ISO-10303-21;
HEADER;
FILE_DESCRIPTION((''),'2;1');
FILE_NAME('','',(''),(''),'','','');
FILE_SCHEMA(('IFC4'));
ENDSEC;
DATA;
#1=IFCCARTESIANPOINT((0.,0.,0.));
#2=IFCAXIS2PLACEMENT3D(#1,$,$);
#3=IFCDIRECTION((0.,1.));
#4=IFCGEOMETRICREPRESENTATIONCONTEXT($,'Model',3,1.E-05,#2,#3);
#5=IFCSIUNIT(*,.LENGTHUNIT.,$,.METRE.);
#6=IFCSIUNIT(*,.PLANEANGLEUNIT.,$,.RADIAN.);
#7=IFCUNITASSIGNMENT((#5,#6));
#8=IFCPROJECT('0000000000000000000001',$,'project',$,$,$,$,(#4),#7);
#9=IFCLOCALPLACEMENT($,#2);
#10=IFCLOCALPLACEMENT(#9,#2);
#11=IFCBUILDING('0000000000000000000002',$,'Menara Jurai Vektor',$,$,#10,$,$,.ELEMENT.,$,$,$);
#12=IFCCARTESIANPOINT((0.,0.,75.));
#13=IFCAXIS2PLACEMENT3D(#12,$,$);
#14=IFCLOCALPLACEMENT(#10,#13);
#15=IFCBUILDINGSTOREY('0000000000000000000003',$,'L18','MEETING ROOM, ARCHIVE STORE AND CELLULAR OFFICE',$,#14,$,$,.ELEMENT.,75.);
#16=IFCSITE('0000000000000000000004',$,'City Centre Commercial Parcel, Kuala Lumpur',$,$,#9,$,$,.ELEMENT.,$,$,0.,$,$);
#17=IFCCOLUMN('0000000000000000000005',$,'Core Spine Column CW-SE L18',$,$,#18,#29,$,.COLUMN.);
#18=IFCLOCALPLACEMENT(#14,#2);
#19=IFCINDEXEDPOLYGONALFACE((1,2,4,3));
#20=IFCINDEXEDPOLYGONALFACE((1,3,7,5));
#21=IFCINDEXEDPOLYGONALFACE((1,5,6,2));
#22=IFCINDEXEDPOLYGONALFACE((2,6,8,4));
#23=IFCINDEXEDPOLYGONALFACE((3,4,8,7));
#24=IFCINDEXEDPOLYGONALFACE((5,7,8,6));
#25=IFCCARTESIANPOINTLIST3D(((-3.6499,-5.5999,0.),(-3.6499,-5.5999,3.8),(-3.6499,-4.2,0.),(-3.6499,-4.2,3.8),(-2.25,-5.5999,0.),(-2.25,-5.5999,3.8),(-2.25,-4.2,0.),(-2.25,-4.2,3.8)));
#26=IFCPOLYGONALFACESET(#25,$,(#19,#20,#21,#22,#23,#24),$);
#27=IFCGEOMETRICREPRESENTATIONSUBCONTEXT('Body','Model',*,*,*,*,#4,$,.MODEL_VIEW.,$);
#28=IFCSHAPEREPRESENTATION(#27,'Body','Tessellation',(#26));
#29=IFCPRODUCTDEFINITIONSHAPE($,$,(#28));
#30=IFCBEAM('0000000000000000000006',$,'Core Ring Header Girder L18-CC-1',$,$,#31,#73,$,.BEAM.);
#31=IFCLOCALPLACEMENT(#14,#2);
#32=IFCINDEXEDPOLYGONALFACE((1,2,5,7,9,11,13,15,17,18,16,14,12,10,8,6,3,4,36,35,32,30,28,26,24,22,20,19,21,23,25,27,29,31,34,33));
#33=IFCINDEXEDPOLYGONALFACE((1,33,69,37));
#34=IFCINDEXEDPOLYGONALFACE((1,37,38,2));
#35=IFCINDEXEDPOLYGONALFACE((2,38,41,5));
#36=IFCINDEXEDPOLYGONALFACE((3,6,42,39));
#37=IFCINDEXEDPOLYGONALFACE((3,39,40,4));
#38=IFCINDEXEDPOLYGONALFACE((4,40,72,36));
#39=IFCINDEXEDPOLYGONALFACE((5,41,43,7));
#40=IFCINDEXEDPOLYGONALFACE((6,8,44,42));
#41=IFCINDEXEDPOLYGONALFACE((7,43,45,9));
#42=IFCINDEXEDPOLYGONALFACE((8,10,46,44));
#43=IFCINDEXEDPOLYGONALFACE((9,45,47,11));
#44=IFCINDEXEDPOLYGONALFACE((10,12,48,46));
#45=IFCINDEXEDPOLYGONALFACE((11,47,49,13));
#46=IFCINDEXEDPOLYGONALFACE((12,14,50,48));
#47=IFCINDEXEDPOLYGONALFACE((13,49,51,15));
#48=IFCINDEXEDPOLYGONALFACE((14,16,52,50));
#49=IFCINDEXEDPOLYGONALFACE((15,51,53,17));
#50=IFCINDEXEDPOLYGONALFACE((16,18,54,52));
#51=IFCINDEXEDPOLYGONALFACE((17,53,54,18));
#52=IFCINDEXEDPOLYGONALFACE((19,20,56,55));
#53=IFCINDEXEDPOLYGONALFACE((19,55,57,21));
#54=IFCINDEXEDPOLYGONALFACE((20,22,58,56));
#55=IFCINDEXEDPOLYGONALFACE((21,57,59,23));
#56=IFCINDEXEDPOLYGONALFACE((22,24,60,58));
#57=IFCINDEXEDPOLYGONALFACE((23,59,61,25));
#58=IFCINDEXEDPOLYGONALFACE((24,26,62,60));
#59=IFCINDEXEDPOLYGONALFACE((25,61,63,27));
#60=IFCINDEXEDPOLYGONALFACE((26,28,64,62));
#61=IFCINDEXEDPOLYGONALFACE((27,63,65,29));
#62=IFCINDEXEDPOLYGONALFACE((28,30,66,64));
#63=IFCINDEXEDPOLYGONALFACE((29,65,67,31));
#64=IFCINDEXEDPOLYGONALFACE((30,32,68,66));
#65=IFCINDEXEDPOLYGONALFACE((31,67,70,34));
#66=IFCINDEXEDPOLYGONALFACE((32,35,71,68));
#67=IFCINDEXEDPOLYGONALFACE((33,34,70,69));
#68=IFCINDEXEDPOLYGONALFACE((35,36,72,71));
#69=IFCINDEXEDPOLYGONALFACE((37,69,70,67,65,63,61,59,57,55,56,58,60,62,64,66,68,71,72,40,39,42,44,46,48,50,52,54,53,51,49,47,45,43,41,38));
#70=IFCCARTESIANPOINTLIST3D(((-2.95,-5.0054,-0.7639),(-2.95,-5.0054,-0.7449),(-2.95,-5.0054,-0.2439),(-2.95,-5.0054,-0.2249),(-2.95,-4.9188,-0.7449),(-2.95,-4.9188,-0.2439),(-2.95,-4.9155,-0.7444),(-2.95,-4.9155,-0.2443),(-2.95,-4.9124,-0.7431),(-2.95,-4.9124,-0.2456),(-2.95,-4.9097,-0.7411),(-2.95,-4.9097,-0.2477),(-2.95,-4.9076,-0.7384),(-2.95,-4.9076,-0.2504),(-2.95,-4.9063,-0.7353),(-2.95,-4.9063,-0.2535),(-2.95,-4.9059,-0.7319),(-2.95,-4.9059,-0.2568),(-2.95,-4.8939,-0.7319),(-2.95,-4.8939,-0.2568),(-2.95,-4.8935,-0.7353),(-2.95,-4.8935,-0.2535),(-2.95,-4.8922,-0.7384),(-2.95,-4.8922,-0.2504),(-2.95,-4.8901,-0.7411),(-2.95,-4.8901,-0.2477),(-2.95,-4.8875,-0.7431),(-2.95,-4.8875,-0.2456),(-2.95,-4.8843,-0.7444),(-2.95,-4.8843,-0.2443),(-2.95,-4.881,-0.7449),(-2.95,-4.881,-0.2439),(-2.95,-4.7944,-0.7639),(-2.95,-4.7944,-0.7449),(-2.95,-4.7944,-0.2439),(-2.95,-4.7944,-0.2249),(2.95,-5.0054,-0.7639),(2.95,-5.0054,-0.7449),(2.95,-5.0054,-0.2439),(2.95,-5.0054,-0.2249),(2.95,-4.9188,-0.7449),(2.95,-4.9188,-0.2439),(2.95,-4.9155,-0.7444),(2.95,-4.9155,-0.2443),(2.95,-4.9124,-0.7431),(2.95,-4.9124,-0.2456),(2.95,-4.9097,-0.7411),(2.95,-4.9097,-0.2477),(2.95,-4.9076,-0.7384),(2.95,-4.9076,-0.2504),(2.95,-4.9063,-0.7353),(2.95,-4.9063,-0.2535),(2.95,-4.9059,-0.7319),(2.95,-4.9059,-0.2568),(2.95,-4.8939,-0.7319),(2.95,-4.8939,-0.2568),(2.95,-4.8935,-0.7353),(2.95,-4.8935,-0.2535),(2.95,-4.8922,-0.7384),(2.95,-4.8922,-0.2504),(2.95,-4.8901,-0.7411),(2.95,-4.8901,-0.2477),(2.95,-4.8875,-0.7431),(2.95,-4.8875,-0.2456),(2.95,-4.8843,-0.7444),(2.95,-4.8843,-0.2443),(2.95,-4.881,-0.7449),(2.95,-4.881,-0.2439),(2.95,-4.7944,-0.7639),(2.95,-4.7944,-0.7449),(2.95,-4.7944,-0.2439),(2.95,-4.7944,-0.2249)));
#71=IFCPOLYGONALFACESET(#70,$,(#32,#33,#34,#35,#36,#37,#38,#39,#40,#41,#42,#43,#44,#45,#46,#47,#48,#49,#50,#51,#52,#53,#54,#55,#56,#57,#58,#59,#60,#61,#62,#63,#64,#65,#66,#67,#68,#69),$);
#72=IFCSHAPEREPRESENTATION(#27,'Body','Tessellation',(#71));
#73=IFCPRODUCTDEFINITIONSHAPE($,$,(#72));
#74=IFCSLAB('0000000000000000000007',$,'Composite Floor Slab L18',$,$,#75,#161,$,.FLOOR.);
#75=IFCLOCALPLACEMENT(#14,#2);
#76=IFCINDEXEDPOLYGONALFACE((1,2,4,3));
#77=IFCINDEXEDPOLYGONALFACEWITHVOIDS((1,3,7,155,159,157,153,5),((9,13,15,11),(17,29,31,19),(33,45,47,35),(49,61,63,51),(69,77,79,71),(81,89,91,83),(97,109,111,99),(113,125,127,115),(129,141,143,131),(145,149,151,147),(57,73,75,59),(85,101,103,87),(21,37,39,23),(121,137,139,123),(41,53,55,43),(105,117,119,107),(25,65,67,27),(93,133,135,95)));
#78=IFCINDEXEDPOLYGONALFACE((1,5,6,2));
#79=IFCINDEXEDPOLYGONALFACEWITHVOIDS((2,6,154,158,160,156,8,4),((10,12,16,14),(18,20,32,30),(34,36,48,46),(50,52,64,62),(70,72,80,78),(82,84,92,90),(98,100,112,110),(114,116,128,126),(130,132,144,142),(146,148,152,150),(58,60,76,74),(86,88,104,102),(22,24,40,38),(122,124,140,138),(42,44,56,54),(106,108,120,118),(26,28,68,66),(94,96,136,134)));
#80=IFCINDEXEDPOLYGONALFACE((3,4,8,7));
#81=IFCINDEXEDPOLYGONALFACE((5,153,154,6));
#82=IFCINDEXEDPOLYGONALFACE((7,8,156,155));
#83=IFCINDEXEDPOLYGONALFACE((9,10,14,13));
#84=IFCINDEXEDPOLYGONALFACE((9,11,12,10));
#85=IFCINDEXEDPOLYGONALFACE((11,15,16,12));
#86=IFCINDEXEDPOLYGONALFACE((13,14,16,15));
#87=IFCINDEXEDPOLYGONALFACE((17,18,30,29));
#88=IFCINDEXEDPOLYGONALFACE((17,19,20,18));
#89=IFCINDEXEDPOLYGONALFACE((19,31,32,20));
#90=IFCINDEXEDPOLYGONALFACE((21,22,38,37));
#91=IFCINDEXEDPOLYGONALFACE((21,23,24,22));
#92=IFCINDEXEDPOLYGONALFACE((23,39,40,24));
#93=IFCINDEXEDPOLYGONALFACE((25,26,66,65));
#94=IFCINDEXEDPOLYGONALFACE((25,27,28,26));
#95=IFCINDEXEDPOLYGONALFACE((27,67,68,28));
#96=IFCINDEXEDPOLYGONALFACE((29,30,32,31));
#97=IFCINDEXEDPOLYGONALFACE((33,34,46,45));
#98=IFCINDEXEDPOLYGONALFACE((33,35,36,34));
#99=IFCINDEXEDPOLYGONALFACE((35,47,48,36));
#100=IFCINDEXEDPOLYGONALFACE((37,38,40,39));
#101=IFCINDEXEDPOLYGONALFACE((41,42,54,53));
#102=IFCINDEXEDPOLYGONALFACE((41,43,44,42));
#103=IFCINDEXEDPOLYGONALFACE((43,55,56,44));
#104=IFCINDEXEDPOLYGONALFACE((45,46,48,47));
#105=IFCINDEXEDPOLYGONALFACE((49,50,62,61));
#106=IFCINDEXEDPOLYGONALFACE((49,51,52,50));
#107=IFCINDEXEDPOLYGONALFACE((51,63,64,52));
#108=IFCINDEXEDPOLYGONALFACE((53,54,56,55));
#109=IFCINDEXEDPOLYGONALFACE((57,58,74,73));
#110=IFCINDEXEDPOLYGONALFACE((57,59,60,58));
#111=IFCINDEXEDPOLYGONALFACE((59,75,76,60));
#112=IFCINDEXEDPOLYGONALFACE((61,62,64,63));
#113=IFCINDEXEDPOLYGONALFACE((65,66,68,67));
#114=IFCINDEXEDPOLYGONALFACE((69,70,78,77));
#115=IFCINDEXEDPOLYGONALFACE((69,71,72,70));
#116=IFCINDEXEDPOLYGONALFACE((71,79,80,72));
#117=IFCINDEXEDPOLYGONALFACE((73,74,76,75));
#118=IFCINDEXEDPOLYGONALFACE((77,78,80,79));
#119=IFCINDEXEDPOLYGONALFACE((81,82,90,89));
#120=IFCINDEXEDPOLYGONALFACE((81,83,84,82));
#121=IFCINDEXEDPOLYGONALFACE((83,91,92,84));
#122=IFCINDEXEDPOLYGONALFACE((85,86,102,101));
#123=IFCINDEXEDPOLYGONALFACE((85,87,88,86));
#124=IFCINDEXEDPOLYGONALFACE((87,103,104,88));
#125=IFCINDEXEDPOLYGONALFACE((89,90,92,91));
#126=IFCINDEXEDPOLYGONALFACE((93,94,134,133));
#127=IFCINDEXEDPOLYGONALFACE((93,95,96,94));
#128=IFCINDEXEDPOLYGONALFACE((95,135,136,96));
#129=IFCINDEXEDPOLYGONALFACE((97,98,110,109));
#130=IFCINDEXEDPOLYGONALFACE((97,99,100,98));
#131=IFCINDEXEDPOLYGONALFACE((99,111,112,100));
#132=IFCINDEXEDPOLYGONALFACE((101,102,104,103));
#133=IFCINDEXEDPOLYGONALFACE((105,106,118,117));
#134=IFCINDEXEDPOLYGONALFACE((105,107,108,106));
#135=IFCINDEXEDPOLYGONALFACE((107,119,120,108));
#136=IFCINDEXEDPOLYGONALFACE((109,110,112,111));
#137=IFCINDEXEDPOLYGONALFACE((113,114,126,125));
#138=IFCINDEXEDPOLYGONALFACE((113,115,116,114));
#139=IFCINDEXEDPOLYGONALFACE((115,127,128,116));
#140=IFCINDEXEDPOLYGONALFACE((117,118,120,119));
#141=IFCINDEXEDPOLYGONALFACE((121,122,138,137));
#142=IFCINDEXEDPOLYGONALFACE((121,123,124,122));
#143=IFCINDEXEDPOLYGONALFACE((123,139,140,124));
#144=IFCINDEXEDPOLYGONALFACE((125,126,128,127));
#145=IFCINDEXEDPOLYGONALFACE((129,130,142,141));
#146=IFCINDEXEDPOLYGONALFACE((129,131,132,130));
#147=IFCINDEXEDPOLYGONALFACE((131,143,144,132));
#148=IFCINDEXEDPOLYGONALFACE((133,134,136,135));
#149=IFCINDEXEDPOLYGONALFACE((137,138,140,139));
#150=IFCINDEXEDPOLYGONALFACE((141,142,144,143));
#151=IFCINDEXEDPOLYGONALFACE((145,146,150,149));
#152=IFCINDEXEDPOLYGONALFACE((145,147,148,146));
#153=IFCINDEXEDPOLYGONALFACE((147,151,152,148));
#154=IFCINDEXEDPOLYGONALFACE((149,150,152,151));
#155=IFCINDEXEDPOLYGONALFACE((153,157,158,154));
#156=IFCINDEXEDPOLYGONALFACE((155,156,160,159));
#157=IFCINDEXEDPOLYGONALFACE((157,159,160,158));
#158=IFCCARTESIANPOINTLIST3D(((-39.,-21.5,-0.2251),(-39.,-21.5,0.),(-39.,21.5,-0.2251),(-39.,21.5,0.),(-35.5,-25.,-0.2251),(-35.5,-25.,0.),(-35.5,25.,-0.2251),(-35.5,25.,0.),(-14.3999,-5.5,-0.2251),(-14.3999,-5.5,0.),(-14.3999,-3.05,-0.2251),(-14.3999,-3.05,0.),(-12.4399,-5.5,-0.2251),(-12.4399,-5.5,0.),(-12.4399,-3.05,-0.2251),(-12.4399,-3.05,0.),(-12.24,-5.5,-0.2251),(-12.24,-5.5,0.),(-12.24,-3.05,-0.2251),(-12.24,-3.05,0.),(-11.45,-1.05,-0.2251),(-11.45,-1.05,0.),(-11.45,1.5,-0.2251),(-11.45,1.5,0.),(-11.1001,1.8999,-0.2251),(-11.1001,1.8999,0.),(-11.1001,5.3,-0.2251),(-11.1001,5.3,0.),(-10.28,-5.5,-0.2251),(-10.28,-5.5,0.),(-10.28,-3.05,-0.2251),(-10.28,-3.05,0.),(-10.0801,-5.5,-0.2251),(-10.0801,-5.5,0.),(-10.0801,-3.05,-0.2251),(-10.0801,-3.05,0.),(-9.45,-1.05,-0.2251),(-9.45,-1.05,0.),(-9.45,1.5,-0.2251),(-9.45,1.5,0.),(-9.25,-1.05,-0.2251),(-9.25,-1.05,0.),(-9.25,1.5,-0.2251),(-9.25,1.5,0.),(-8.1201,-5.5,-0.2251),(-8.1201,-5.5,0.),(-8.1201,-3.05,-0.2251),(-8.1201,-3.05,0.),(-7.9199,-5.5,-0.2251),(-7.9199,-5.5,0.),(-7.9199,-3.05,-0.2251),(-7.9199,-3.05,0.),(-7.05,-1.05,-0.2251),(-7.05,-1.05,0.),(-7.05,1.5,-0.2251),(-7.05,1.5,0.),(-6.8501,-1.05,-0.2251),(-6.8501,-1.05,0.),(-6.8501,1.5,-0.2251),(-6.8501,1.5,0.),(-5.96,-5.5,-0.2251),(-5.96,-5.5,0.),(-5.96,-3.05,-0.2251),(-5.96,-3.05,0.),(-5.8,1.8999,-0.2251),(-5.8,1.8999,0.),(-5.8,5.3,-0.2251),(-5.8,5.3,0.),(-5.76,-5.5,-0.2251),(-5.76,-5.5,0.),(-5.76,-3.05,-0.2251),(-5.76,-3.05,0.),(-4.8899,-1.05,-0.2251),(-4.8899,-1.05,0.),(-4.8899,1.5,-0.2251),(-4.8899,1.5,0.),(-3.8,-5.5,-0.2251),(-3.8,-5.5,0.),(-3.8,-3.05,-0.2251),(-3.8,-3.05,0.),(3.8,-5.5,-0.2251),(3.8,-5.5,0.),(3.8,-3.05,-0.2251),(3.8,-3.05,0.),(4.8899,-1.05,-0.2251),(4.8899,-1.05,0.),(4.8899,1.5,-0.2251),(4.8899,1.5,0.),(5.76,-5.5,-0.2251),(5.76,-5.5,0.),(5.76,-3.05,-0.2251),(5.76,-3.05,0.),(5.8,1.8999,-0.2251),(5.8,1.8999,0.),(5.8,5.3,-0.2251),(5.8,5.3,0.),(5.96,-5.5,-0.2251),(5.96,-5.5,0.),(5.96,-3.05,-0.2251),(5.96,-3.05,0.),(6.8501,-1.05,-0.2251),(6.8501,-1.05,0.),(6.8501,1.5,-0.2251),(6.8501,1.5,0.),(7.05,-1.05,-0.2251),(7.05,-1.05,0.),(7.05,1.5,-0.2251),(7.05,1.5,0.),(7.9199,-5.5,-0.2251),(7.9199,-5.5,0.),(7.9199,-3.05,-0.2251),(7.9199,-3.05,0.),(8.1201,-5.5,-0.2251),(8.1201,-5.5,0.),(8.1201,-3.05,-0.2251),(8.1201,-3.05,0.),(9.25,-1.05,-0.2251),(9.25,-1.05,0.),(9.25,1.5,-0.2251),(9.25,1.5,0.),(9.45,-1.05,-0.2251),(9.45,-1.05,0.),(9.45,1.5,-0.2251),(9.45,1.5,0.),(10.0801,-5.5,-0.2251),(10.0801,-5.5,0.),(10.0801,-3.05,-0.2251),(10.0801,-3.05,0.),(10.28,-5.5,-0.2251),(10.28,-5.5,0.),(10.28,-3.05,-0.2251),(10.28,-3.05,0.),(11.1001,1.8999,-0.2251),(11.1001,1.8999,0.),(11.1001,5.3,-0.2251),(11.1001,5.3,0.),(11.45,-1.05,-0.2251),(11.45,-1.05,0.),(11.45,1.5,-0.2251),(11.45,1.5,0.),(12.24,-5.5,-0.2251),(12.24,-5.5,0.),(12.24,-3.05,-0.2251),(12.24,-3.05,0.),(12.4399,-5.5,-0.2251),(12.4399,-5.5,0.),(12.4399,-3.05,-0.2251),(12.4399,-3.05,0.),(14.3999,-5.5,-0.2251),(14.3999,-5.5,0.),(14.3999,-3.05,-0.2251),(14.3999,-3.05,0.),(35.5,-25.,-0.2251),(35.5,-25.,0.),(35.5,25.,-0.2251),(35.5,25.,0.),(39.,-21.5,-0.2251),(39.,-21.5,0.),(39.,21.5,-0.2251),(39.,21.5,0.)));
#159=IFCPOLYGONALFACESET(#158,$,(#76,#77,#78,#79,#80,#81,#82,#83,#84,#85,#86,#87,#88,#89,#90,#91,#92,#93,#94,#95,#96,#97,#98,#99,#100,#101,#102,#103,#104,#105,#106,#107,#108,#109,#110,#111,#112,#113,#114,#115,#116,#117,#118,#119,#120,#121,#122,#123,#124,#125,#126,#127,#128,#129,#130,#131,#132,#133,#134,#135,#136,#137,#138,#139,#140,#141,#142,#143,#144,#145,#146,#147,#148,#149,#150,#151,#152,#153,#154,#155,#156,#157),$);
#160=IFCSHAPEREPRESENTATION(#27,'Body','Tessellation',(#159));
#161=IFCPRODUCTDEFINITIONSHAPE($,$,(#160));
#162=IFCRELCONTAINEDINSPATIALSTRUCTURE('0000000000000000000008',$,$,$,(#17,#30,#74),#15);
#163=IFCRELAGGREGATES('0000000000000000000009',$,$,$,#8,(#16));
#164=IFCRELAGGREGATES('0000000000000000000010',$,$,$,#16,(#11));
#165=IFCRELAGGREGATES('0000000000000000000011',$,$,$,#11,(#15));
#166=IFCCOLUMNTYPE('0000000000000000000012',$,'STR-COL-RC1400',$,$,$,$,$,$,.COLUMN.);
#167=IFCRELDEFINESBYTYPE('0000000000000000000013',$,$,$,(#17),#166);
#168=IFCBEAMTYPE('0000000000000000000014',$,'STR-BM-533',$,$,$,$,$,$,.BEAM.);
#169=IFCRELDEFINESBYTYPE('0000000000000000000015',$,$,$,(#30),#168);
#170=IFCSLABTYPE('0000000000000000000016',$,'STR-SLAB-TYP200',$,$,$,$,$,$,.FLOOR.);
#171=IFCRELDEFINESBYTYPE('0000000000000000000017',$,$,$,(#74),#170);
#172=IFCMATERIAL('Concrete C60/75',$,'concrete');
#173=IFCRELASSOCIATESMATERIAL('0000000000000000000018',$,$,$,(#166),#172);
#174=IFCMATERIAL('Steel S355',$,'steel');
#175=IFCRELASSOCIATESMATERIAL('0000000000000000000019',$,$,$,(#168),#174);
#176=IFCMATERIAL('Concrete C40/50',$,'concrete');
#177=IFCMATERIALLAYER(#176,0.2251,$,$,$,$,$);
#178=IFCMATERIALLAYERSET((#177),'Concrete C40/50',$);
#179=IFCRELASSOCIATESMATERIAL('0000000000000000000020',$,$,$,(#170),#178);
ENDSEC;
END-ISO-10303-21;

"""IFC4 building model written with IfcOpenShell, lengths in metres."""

from ifc_helpers import new_model, si_unit, direction, frame, origin, origin_2d, place, context, subcontext, project, spatial, polyline, rectangle, i_section, outline, extrude, material, layer, layer_set, material_profile, profile_set, type_object, element, save


model = new_model("IFC4")

# Units and contexts
model_context = context("Model", 3, precision=1e-05, world=origin(), true_north=direction((0.0, 1.0)))
body_context = subcontext(model_context, "Body", "Model", "MODEL_VIEW")
ifc_project = project(units=[si_unit("LENGTHUNIT", "METRE"), si_unit("PLANEANGLEUNIT", "RADIAN")], contexts=[model_context])

# Site, building, storey
site_placement = place(None, origin())
site = spatial("IfcSite", under=ifc_project, at=site_placement, Name="City Centre Commercial Parcel, Kuala Lumpur", CompositionType="ELEMENT", RefElevation=0.0)
building_placement = place(site_placement, origin())
building = spatial("IfcBuilding", under=site, at=building_placement, Name="Menara Jurai Vektor", CompositionType="ELEMENT")
storey_placement = place(building_placement, frame((0.0, 0.0, 75.0)))
storey = spatial("IfcBuildingStorey", under=building, at=storey_placement, Name="L18", Description="MEETING ROOM, ARCHIVE STORE AND CELLULAR OFFICE", CompositionType="ELEMENT", Elevation=75.0)

# Column
ifc_material_1 = material(Name="Concrete C60/75", Category="concrete")
ifc_material_profile_1 = material_profile(ifc_material_1, rectangle(XDim=1.3999, YDim=1.3999, at=origin_2d()), Name="RC 1400x1400")
ifc_profile_set_1 = profile_set([ifc_material_profile_1], Name="Concrete C60/75")
column_type = type_object("IfcColumnType", Name="STR-COL-RC1400", PredefinedType="COLUMN", material=ifc_profile_set_1)
column_placement = place(storey_placement, frame((-2.95, -4.8999, 0.0), z_axis=(0.0, 0.0, 1.0), x_axis=(1.0, 0.0, 0.0)))
element("IfcColumn", 1, at=column_placement, inside=storey, type_object=column_type, Name="Core Spine Column CW-SE L18", PredefinedType="COLUMN", context=body_context, shape_type="SweptSolid", body=[
    extrude(rectangle(XDim=1.3999, YDim=1.3999, at=origin_2d()), origin(), (0.0, 0.0, 1.0), 3.8),
])

# Beam
ifc_material_2 = material(Name="Steel S355", Category="steel")
ifc_material_profile_2 = material_profile(ifc_material_2, i_section(OverallWidth=0.2109, OverallDepth=0.5391, WebThickness=0.012, FlangeThickness=0.019, FilletRadius=0.0129, at=origin_2d()), Name="UKB 533x210x109")
ifc_profile_set_2 = profile_set([ifc_material_profile_2], Name="Steel S355")
beam_type = type_object("IfcBeamType", Name="STR-BM-533", PredefinedType="BEAM", material=ifc_profile_set_2)
beam_placement = place(storey_placement, frame((-2.95, -4.8999, -0.4944), z_axis=(1.0, 0.0, 0.0), x_axis=(0.0, 1.0, 0.0)))
element("IfcBeam", 2, at=beam_placement, inside=storey, type_object=beam_type, Name="Core Ring Header Girder L18-CC-1", PredefinedType="BEAM", context=body_context, shape_type="SweptSolid", body=[
    extrude(i_section(OverallWidth=0.2109, OverallDepth=0.5391, WebThickness=0.012, FlangeThickness=0.019, FilletRadius=0.0129, at=origin_2d()), origin(), (0.0, 0.0, 1.0), 5.8999),
])

# Slab
ifc_material_3 = material(Name="Concrete C40/50", Category="concrete")
ifc_layer_1 = layer(ifc_material_3, 0.2251)
ifc_layer_set_1 = layer_set([ifc_layer_1], Name="Concrete C40/50")
slab_type = type_object("IfcSlabType", Name="STR-SLAB-TYP200", PredefinedType="FLOOR", material=ifc_layer_set_1)
slab_placement = place(storey_placement, frame((0.0, 0.0, -0.2251)))
element("IfcSlab", 3, at=slab_placement, inside=storey, type_object=slab_type, Name="Composite Floor Slab L18", PredefinedType="FLOOR", context=body_context, shape_type="SweptSolid", body=[
    extrude(outline(polyline([(-35.5, -25.0), (35.5, -25.0), (39.0, -21.5), (39.0, 21.5), (35.5, 25.0), (-35.5, 25.0), (-39.0, 21.5), (-39.0, -21.5), (-35.5, -25.0)]), holes=[polyline([(-11.1001, 1.8999), (-11.1001, 5.3), (-5.8, 5.3), (-5.8, 1.8999), (-11.1001, 1.8999)]), polyline([(5.8, 1.8999), (5.8, 5.3), (11.1001, 5.3), (11.1001, 1.8999), (5.8, 1.8999)]), polyline([(-11.45, -1.05), (-11.45, 1.5), (-9.45, 1.5), (-9.45, -1.05), (-11.45, -1.05)]), polyline([(9.45, -1.05), (9.45, 1.5), (11.45, 1.5), (11.45, -1.05), (9.45, -1.05)]), polyline([(-5.76, -5.5), (-5.76, -3.05), (-3.8, -3.05), (-3.8, -5.5), (-5.76, -5.5)]), polyline([(-6.8501, -1.05), (-6.8501, 1.5), (-4.8899, 1.5), (-4.8899, -1.05), (-6.8501, -1.05)]), polyline([(3.8, -5.5), (3.8, -3.05), (5.76, -3.05), (5.76, -5.5), (3.8, -5.5)]), polyline([(4.8899, -1.05), (4.8899, 1.5), (6.8501, 1.5), (6.8501, -1.05), (4.8899, -1.05)]), polyline([(-14.3999, -5.5), (-14.3999, -3.05), (-12.4399, -3.05), (-12.4399, -5.5), (-14.3999, -5.5)]), polyline([(-12.24, -5.5), (-12.24, -3.05), (-10.28, -3.05), (-10.28, -5.5), (-12.24, -5.5)]), polyline([(10.28, -5.5), (10.28, -3.05), (12.24, -3.05), (12.24, -5.5), (10.28, -5.5)]), polyline([(12.4399, -5.5), (12.4399, -3.05), (14.3999, -3.05), (14.3999, -5.5), (12.4399, -5.5)]), polyline([(-10.0801, -5.5), (-10.0801, -3.05), (-8.1201, -3.05), (-8.1201, -5.5), (-10.0801, -5.5)]), polyline([(-7.9199, -5.5), (-7.9199, -3.05), (-5.96, -3.05), (-5.96, -5.5), (-7.9199, -5.5)]), polyline([(5.96, -5.5), (5.96, -3.05), (7.9199, -3.05), (7.9199, -5.5), (5.96, -5.5)]), polyline([(8.1201, -5.5), (8.1201, -3.05), (10.0801, -3.05), (10.0801, -5.5), (8.1201, -5.5)]), polyline([(-9.25, -1.05), (-9.25, 1.5), (-7.05, 1.5), (-7.05, -1.05), (-9.25, -1.05)]), polyline([(7.05, -1.05), (7.05, 1.5), (9.25, 1.5), (9.25, -1.05), (7.05, -1.05)])]), origin(), (0.0, 0.0, 1.0), 0.2251),
])

save(model, "model.ifc")
